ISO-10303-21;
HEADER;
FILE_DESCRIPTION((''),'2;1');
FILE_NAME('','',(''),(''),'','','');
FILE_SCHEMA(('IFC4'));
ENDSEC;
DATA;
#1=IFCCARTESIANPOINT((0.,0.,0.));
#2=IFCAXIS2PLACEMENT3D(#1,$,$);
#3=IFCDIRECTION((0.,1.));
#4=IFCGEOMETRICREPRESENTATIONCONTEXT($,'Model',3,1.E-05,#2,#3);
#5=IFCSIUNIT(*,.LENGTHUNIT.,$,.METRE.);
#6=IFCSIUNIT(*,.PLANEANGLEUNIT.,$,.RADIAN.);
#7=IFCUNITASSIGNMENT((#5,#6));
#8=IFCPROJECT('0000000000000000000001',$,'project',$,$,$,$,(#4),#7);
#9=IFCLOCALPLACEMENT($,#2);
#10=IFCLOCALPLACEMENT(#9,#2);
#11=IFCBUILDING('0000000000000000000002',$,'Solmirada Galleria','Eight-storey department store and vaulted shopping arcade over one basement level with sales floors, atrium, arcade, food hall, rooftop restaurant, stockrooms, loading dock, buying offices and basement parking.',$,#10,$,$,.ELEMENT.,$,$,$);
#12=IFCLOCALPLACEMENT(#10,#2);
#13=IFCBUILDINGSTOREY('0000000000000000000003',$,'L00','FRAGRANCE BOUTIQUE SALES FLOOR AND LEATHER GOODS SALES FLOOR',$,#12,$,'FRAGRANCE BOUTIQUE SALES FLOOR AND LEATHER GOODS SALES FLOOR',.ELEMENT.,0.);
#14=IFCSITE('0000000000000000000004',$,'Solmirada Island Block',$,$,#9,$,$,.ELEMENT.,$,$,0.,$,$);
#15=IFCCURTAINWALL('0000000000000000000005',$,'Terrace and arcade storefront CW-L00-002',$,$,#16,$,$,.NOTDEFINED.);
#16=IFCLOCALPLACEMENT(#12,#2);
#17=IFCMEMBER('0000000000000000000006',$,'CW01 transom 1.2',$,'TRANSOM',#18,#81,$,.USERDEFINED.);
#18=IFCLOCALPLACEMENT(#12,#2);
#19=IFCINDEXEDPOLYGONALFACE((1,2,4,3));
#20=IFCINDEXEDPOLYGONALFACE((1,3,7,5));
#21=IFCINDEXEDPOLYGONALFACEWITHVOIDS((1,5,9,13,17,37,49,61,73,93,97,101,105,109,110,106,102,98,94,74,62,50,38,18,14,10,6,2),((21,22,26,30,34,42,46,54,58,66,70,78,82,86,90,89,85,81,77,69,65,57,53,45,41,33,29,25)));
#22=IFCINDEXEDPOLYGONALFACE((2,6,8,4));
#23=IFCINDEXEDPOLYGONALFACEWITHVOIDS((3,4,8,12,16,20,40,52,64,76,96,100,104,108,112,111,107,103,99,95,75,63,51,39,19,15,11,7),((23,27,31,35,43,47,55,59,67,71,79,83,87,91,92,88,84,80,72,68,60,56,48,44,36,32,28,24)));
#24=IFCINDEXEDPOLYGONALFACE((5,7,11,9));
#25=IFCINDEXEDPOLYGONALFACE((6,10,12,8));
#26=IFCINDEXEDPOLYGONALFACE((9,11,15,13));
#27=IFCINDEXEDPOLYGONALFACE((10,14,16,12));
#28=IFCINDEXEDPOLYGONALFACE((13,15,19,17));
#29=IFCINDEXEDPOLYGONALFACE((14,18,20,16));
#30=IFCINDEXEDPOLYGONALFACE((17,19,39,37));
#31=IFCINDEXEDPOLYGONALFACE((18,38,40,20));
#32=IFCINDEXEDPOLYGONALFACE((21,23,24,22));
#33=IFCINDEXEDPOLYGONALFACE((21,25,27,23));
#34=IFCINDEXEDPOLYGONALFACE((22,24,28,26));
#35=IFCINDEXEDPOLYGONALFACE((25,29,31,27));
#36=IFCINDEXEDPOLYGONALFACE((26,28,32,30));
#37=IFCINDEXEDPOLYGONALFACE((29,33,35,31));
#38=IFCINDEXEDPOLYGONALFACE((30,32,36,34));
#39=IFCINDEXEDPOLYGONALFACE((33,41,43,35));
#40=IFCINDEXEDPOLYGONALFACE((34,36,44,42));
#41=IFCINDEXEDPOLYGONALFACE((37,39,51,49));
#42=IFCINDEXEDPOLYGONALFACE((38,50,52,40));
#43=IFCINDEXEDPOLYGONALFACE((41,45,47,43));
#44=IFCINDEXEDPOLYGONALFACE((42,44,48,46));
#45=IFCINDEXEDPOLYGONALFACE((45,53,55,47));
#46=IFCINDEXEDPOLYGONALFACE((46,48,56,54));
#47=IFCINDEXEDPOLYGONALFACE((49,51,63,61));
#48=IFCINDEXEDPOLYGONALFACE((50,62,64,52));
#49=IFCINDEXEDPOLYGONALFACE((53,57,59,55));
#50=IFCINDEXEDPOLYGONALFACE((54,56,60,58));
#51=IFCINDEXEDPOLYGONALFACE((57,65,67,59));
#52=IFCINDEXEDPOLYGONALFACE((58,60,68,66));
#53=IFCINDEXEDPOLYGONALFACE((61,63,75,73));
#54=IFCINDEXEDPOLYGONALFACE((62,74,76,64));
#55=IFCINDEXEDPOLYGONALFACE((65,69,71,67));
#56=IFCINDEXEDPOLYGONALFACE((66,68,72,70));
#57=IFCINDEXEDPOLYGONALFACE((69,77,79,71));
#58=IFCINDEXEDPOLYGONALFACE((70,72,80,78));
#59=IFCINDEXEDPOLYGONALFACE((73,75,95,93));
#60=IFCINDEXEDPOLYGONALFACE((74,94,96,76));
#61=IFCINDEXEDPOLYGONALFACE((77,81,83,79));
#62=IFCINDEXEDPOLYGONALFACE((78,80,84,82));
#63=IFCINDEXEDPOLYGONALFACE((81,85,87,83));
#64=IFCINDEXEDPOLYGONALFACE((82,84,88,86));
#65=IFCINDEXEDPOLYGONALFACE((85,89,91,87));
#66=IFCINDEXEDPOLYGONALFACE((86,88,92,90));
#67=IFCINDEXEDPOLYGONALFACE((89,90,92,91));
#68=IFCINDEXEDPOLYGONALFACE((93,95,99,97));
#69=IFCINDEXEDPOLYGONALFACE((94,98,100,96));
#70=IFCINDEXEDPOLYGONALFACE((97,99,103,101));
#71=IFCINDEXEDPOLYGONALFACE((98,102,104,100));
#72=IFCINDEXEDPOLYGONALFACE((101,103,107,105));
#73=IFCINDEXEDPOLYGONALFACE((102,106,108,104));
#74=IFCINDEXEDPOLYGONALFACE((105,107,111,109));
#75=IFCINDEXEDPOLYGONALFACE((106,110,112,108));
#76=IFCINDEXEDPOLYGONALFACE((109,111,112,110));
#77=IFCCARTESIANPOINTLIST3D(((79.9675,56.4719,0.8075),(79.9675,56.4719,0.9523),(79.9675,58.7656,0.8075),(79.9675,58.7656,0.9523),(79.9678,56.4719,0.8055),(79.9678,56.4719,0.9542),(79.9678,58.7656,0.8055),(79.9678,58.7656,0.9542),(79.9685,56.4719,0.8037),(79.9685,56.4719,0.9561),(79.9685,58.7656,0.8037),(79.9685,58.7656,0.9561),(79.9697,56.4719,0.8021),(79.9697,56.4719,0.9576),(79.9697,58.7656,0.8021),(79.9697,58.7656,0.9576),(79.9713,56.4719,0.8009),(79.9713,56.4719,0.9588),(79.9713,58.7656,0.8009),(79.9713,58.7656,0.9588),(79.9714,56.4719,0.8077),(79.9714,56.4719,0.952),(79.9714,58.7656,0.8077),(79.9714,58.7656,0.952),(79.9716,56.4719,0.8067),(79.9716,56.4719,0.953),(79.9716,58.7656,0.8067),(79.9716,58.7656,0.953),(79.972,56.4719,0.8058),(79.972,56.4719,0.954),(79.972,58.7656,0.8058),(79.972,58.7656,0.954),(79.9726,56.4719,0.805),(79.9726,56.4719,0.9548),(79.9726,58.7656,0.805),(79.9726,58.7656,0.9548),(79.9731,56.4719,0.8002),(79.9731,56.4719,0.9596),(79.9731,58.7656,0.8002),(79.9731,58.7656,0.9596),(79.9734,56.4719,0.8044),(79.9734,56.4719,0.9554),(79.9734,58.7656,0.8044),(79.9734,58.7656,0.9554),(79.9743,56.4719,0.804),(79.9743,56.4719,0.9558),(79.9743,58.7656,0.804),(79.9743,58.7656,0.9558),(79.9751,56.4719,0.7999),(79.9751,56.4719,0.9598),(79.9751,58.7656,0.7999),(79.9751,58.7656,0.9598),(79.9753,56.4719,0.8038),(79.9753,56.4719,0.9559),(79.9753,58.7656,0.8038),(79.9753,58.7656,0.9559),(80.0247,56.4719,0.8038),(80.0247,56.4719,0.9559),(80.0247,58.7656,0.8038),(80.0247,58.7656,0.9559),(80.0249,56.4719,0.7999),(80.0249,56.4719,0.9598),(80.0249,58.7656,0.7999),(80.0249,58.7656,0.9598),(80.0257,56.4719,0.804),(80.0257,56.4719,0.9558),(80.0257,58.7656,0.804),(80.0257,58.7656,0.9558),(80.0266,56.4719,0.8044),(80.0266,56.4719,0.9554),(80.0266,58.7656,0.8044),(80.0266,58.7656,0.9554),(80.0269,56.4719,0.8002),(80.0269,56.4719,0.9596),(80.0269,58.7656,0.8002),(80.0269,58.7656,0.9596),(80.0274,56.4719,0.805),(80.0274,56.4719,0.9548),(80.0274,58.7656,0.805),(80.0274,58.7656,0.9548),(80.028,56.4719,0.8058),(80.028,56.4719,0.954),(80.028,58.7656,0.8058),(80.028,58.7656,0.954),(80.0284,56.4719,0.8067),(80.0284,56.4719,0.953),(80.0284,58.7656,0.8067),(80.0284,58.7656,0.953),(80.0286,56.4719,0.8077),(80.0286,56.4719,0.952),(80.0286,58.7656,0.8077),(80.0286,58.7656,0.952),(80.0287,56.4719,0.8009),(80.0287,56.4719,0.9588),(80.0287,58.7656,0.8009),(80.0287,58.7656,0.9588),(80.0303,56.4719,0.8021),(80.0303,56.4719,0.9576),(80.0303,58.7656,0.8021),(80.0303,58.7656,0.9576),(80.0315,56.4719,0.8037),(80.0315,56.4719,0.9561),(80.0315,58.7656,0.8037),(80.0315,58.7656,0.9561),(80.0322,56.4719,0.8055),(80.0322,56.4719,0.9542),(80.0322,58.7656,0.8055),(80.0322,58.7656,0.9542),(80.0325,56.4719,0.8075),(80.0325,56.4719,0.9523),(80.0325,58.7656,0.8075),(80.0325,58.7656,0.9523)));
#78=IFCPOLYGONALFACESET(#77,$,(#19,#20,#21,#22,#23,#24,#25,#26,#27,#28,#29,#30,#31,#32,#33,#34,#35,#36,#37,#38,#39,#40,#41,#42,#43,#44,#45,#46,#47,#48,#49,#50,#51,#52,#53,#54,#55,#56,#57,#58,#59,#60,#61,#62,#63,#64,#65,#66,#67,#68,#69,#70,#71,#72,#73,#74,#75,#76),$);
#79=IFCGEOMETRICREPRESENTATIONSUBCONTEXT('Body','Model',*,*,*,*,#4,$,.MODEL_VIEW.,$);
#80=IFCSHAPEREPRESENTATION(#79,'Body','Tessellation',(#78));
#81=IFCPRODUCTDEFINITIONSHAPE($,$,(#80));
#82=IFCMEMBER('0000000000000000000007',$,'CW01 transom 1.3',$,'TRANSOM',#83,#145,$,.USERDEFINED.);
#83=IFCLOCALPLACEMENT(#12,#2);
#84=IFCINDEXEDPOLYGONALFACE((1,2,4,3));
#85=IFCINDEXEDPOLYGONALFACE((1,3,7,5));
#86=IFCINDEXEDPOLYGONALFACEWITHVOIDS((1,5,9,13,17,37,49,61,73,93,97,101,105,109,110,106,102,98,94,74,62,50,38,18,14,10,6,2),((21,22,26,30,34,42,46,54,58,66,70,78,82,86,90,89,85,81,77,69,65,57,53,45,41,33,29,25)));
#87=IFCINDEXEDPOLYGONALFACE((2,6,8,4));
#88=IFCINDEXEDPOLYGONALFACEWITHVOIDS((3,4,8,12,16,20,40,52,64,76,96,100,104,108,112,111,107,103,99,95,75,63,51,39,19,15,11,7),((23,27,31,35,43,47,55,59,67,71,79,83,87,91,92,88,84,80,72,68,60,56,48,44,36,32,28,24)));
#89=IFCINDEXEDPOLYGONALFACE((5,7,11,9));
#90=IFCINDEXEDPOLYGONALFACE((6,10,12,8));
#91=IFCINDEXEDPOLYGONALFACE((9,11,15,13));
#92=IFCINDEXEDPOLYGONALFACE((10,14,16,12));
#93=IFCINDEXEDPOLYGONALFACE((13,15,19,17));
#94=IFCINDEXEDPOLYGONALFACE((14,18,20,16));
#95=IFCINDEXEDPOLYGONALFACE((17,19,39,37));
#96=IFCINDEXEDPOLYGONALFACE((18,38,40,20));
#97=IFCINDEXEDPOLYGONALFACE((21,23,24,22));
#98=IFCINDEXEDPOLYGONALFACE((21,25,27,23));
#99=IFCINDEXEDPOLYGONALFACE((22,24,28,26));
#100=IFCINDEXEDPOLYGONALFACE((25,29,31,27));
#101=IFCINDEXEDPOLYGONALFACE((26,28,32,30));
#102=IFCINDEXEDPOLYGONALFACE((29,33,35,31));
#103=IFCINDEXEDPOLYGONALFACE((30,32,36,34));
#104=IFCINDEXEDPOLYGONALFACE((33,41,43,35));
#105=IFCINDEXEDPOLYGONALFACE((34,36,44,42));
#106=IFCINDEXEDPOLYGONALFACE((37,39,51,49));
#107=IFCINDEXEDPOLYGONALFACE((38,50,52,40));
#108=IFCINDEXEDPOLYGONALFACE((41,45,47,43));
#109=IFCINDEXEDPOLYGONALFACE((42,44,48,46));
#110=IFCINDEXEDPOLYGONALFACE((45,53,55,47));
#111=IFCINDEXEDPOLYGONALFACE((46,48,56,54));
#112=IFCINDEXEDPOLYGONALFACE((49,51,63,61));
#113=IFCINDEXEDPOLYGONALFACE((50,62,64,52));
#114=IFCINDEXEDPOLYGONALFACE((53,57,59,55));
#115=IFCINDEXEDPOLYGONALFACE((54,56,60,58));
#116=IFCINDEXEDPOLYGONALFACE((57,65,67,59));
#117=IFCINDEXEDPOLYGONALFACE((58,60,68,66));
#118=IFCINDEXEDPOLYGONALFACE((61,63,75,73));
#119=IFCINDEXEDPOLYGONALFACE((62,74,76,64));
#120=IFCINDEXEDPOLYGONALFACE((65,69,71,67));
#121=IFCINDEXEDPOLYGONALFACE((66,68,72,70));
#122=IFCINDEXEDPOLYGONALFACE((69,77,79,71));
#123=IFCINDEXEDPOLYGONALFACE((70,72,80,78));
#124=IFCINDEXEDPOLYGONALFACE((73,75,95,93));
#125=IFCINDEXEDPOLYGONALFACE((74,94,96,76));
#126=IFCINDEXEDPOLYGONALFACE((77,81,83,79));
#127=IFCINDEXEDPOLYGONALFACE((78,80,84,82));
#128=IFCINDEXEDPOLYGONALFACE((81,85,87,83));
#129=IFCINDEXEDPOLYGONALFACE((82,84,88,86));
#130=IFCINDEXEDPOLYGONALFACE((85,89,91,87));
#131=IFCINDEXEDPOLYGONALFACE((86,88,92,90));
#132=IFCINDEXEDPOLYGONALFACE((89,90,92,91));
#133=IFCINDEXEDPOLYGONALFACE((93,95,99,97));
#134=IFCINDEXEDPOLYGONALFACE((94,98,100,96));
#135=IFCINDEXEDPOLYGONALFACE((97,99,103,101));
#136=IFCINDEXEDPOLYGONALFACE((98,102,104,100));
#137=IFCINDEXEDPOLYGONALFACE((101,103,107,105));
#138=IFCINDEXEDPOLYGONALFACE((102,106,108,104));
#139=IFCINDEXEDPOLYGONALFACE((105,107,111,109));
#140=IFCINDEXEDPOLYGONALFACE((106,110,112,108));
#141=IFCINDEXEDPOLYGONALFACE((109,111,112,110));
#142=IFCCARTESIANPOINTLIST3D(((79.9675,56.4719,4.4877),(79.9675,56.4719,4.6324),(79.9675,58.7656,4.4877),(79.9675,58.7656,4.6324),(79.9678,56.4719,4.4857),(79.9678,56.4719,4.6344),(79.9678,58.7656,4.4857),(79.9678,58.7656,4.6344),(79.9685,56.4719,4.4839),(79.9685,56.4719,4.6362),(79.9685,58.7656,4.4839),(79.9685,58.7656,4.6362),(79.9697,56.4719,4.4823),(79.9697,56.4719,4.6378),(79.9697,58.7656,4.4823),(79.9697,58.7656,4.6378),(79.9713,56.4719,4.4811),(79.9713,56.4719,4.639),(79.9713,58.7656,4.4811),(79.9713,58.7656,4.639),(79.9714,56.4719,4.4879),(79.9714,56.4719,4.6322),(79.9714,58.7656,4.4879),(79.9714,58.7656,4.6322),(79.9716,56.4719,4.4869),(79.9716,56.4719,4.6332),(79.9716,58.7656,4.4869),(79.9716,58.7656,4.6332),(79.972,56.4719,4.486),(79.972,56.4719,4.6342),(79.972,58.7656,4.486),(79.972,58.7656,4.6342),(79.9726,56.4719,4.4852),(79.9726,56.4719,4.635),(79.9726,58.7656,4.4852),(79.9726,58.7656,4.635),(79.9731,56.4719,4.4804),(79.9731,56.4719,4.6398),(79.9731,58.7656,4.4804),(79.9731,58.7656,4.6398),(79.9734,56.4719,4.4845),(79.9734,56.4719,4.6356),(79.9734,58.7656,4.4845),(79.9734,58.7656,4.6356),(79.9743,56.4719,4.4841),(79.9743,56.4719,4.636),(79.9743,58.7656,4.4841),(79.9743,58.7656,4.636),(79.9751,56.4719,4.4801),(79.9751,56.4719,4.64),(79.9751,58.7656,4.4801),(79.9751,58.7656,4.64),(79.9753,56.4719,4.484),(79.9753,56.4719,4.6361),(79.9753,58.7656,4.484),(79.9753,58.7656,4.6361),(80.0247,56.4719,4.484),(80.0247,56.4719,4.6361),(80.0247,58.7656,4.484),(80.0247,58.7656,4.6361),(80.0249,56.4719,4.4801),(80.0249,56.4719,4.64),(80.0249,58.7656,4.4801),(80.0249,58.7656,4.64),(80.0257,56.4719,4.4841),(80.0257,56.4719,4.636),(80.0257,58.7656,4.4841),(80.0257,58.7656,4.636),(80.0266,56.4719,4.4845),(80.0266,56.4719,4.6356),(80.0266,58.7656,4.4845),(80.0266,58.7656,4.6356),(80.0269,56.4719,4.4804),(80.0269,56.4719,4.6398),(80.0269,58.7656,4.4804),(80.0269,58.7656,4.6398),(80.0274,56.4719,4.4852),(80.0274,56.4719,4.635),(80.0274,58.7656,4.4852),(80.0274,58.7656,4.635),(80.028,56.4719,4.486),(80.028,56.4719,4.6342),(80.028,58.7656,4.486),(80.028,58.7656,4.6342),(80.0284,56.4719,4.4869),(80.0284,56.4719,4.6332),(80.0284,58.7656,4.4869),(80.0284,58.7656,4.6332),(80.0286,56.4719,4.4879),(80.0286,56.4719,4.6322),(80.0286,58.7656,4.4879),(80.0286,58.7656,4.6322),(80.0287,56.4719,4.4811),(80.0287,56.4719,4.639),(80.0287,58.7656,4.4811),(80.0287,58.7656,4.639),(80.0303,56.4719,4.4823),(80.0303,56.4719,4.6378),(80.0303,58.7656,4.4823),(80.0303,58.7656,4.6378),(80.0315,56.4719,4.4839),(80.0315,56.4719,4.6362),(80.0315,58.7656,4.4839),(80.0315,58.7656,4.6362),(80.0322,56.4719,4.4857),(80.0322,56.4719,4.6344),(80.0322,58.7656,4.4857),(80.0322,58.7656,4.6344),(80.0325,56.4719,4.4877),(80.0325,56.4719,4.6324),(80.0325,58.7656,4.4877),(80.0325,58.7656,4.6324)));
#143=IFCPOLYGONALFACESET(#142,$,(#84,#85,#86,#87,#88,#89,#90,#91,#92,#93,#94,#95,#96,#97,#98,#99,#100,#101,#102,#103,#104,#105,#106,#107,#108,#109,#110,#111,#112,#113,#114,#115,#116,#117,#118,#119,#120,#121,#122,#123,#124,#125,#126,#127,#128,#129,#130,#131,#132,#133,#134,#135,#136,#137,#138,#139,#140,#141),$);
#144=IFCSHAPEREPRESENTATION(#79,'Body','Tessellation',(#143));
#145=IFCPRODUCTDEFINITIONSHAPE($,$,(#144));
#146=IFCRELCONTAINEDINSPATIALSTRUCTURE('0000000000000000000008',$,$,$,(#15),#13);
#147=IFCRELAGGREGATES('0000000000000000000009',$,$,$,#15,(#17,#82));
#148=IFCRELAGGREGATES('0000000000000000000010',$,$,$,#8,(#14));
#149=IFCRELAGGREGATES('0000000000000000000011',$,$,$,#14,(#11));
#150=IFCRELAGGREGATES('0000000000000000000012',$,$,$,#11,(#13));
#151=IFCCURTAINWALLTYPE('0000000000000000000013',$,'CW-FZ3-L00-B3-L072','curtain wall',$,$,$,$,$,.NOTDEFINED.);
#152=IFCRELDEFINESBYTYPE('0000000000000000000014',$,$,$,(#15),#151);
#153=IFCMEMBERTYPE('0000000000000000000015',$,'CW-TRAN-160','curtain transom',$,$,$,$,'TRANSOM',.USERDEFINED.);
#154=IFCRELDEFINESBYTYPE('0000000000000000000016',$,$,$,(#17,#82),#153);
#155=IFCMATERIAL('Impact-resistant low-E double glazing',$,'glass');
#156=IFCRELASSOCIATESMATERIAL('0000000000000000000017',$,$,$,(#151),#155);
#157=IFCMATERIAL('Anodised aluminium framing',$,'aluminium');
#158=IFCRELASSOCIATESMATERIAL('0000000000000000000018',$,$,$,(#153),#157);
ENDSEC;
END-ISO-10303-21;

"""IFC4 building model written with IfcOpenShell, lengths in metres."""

from ifc_helpers import new_model, si_unit, direction, frame, origin, origin_2d, place, context, subcontext, project, spatial, hollow_rectangle, extrude, material, material_profile, profile_set, type_object, element, aggregate, save


model = new_model("IFC4")

# Units and contexts
model_context = context("Model", 3, precision=1e-05, world=origin(), true_north=direction((0.0, 1.0)))
body_context = subcontext(model_context, "Body", "Model", "MODEL_VIEW")
ifc_project = project(units=[si_unit("LENGTHUNIT", "METRE"), si_unit("PLANEANGLEUNIT", "RADIAN")], contexts=[model_context])

# Site, building, storey
site_placement = place(None, origin())
site = spatial("IfcSite", under=ifc_project, at=site_placement, Name="Solmirada Island Block", CompositionType="ELEMENT", RefElevation=0.0)
building_placement = place(site_placement, origin())
building = spatial("IfcBuilding", under=site, at=building_placement, Name="Solmirada Galleria", Description="Eight-storey department store and vaulted shopping arcade over one basement level with sales floors, atrium, arcade, food hall, rooftop restaurant, stockrooms, loading dock, buying offices and basement parking.", CompositionType="ELEMENT")
storey_placement = place(building_placement, origin())
storey = spatial("IfcBuildingStorey", under=building, at=storey_placement, Name="L00", Description="FRAGRANCE BOUTIQUE SALES FLOOR AND LEATHER GOODS SALES FLOOR", LongName="FRAGRANCE BOUTIQUE SALES FLOOR AND LEATHER GOODS SALES FLOOR", CompositionType="ELEMENT", Elevation=0.0)

# Curtain wall
ifc_material_1 = material(Name="Impact-resistant low-E double glazing", Category="glass")
curtain_wall_type = type_object("IfcCurtainWallType", Name="CW-FZ3-L00-B3-L072", Description="curtain wall", PredefinedType="NOTDEFINED", material=ifc_material_1)
ifc_material_2 = material(Name="Anodised aluminium framing", Category="aluminium")
curtain_wall_1_placement = place(storey_placement, origin())
curtain_wall_1 = element("IfcCurtainWall", 1, at=curtain_wall_1_placement, inside=storey, type_object=curtain_wall_type, Name="Terrace and arcade storefront CW-L00-002", PredefinedType="NOTDEFINED")

# Members
ifc_material_profile_1 = material_profile(ifc_material_2, hollow_rectangle(XDim=0.0649, YDim=0.1599, WallThickness=0.0039, InnerFilletRadius=0.0039, OuterFilletRadius=0.0076, at=origin_2d()), Name="ALU-TRAN-160X65")
ifc_profile_set_1 = profile_set([ifc_material_profile_1], Name="Anodised aluminium framing")
member_type_1 = type_object("IfcMemberType", Name="CW-TRAN-160", Description="curtain transom", ElementType="TRANSOM", PredefinedType="USERDEFINED", material=ifc_profile_set_1)
member_1_placement = place(storey_placement, frame((80.0, 56.4719, 0.8799), z_axis=(0.0, 1.0, 0.0), x_axis=(-1.0, 0.0, 0.0)))
member_1 = element("IfcMember", 2, at=member_1_placement, type_object=member_type_1, Name="CW01 transom 1.2", ObjectType="TRANSOM", PredefinedType="USERDEFINED", context=body_context, shape_type="SweptSolid", body=[
    extrude(hollow_rectangle(XDim=0.0649, YDim=0.1599, WallThickness=0.0039, InnerFilletRadius=0.0039, OuterFilletRadius=0.0076, at=origin_2d()), origin(), (0.0, 0.0, 1.0), 2.2937),
])
member_2_placement = place(storey_placement, frame((80.0, 56.4719, 4.5601), z_axis=(0.0, 1.0, 0.0), x_axis=(-1.0, 0.0, 0.0)))
member_2 = element("IfcMember", 3, at=member_2_placement, type_object=member_type_1, Name="CW01 transom 1.3", ObjectType="TRANSOM", PredefinedType="USERDEFINED", context=body_context, shape_type="SweptSolid", body=[
    extrude(hollow_rectangle(XDim=0.0649, YDim=0.1599, WallThickness=0.0039, InnerFilletRadius=0.0039, OuterFilletRadius=0.0076, at=origin_2d()), origin(), (0.0, 0.0, 1.0), 2.2937),
])

aggregate(curtain_wall_1, [member_1, member_2])

save(model, "model.ifc")
